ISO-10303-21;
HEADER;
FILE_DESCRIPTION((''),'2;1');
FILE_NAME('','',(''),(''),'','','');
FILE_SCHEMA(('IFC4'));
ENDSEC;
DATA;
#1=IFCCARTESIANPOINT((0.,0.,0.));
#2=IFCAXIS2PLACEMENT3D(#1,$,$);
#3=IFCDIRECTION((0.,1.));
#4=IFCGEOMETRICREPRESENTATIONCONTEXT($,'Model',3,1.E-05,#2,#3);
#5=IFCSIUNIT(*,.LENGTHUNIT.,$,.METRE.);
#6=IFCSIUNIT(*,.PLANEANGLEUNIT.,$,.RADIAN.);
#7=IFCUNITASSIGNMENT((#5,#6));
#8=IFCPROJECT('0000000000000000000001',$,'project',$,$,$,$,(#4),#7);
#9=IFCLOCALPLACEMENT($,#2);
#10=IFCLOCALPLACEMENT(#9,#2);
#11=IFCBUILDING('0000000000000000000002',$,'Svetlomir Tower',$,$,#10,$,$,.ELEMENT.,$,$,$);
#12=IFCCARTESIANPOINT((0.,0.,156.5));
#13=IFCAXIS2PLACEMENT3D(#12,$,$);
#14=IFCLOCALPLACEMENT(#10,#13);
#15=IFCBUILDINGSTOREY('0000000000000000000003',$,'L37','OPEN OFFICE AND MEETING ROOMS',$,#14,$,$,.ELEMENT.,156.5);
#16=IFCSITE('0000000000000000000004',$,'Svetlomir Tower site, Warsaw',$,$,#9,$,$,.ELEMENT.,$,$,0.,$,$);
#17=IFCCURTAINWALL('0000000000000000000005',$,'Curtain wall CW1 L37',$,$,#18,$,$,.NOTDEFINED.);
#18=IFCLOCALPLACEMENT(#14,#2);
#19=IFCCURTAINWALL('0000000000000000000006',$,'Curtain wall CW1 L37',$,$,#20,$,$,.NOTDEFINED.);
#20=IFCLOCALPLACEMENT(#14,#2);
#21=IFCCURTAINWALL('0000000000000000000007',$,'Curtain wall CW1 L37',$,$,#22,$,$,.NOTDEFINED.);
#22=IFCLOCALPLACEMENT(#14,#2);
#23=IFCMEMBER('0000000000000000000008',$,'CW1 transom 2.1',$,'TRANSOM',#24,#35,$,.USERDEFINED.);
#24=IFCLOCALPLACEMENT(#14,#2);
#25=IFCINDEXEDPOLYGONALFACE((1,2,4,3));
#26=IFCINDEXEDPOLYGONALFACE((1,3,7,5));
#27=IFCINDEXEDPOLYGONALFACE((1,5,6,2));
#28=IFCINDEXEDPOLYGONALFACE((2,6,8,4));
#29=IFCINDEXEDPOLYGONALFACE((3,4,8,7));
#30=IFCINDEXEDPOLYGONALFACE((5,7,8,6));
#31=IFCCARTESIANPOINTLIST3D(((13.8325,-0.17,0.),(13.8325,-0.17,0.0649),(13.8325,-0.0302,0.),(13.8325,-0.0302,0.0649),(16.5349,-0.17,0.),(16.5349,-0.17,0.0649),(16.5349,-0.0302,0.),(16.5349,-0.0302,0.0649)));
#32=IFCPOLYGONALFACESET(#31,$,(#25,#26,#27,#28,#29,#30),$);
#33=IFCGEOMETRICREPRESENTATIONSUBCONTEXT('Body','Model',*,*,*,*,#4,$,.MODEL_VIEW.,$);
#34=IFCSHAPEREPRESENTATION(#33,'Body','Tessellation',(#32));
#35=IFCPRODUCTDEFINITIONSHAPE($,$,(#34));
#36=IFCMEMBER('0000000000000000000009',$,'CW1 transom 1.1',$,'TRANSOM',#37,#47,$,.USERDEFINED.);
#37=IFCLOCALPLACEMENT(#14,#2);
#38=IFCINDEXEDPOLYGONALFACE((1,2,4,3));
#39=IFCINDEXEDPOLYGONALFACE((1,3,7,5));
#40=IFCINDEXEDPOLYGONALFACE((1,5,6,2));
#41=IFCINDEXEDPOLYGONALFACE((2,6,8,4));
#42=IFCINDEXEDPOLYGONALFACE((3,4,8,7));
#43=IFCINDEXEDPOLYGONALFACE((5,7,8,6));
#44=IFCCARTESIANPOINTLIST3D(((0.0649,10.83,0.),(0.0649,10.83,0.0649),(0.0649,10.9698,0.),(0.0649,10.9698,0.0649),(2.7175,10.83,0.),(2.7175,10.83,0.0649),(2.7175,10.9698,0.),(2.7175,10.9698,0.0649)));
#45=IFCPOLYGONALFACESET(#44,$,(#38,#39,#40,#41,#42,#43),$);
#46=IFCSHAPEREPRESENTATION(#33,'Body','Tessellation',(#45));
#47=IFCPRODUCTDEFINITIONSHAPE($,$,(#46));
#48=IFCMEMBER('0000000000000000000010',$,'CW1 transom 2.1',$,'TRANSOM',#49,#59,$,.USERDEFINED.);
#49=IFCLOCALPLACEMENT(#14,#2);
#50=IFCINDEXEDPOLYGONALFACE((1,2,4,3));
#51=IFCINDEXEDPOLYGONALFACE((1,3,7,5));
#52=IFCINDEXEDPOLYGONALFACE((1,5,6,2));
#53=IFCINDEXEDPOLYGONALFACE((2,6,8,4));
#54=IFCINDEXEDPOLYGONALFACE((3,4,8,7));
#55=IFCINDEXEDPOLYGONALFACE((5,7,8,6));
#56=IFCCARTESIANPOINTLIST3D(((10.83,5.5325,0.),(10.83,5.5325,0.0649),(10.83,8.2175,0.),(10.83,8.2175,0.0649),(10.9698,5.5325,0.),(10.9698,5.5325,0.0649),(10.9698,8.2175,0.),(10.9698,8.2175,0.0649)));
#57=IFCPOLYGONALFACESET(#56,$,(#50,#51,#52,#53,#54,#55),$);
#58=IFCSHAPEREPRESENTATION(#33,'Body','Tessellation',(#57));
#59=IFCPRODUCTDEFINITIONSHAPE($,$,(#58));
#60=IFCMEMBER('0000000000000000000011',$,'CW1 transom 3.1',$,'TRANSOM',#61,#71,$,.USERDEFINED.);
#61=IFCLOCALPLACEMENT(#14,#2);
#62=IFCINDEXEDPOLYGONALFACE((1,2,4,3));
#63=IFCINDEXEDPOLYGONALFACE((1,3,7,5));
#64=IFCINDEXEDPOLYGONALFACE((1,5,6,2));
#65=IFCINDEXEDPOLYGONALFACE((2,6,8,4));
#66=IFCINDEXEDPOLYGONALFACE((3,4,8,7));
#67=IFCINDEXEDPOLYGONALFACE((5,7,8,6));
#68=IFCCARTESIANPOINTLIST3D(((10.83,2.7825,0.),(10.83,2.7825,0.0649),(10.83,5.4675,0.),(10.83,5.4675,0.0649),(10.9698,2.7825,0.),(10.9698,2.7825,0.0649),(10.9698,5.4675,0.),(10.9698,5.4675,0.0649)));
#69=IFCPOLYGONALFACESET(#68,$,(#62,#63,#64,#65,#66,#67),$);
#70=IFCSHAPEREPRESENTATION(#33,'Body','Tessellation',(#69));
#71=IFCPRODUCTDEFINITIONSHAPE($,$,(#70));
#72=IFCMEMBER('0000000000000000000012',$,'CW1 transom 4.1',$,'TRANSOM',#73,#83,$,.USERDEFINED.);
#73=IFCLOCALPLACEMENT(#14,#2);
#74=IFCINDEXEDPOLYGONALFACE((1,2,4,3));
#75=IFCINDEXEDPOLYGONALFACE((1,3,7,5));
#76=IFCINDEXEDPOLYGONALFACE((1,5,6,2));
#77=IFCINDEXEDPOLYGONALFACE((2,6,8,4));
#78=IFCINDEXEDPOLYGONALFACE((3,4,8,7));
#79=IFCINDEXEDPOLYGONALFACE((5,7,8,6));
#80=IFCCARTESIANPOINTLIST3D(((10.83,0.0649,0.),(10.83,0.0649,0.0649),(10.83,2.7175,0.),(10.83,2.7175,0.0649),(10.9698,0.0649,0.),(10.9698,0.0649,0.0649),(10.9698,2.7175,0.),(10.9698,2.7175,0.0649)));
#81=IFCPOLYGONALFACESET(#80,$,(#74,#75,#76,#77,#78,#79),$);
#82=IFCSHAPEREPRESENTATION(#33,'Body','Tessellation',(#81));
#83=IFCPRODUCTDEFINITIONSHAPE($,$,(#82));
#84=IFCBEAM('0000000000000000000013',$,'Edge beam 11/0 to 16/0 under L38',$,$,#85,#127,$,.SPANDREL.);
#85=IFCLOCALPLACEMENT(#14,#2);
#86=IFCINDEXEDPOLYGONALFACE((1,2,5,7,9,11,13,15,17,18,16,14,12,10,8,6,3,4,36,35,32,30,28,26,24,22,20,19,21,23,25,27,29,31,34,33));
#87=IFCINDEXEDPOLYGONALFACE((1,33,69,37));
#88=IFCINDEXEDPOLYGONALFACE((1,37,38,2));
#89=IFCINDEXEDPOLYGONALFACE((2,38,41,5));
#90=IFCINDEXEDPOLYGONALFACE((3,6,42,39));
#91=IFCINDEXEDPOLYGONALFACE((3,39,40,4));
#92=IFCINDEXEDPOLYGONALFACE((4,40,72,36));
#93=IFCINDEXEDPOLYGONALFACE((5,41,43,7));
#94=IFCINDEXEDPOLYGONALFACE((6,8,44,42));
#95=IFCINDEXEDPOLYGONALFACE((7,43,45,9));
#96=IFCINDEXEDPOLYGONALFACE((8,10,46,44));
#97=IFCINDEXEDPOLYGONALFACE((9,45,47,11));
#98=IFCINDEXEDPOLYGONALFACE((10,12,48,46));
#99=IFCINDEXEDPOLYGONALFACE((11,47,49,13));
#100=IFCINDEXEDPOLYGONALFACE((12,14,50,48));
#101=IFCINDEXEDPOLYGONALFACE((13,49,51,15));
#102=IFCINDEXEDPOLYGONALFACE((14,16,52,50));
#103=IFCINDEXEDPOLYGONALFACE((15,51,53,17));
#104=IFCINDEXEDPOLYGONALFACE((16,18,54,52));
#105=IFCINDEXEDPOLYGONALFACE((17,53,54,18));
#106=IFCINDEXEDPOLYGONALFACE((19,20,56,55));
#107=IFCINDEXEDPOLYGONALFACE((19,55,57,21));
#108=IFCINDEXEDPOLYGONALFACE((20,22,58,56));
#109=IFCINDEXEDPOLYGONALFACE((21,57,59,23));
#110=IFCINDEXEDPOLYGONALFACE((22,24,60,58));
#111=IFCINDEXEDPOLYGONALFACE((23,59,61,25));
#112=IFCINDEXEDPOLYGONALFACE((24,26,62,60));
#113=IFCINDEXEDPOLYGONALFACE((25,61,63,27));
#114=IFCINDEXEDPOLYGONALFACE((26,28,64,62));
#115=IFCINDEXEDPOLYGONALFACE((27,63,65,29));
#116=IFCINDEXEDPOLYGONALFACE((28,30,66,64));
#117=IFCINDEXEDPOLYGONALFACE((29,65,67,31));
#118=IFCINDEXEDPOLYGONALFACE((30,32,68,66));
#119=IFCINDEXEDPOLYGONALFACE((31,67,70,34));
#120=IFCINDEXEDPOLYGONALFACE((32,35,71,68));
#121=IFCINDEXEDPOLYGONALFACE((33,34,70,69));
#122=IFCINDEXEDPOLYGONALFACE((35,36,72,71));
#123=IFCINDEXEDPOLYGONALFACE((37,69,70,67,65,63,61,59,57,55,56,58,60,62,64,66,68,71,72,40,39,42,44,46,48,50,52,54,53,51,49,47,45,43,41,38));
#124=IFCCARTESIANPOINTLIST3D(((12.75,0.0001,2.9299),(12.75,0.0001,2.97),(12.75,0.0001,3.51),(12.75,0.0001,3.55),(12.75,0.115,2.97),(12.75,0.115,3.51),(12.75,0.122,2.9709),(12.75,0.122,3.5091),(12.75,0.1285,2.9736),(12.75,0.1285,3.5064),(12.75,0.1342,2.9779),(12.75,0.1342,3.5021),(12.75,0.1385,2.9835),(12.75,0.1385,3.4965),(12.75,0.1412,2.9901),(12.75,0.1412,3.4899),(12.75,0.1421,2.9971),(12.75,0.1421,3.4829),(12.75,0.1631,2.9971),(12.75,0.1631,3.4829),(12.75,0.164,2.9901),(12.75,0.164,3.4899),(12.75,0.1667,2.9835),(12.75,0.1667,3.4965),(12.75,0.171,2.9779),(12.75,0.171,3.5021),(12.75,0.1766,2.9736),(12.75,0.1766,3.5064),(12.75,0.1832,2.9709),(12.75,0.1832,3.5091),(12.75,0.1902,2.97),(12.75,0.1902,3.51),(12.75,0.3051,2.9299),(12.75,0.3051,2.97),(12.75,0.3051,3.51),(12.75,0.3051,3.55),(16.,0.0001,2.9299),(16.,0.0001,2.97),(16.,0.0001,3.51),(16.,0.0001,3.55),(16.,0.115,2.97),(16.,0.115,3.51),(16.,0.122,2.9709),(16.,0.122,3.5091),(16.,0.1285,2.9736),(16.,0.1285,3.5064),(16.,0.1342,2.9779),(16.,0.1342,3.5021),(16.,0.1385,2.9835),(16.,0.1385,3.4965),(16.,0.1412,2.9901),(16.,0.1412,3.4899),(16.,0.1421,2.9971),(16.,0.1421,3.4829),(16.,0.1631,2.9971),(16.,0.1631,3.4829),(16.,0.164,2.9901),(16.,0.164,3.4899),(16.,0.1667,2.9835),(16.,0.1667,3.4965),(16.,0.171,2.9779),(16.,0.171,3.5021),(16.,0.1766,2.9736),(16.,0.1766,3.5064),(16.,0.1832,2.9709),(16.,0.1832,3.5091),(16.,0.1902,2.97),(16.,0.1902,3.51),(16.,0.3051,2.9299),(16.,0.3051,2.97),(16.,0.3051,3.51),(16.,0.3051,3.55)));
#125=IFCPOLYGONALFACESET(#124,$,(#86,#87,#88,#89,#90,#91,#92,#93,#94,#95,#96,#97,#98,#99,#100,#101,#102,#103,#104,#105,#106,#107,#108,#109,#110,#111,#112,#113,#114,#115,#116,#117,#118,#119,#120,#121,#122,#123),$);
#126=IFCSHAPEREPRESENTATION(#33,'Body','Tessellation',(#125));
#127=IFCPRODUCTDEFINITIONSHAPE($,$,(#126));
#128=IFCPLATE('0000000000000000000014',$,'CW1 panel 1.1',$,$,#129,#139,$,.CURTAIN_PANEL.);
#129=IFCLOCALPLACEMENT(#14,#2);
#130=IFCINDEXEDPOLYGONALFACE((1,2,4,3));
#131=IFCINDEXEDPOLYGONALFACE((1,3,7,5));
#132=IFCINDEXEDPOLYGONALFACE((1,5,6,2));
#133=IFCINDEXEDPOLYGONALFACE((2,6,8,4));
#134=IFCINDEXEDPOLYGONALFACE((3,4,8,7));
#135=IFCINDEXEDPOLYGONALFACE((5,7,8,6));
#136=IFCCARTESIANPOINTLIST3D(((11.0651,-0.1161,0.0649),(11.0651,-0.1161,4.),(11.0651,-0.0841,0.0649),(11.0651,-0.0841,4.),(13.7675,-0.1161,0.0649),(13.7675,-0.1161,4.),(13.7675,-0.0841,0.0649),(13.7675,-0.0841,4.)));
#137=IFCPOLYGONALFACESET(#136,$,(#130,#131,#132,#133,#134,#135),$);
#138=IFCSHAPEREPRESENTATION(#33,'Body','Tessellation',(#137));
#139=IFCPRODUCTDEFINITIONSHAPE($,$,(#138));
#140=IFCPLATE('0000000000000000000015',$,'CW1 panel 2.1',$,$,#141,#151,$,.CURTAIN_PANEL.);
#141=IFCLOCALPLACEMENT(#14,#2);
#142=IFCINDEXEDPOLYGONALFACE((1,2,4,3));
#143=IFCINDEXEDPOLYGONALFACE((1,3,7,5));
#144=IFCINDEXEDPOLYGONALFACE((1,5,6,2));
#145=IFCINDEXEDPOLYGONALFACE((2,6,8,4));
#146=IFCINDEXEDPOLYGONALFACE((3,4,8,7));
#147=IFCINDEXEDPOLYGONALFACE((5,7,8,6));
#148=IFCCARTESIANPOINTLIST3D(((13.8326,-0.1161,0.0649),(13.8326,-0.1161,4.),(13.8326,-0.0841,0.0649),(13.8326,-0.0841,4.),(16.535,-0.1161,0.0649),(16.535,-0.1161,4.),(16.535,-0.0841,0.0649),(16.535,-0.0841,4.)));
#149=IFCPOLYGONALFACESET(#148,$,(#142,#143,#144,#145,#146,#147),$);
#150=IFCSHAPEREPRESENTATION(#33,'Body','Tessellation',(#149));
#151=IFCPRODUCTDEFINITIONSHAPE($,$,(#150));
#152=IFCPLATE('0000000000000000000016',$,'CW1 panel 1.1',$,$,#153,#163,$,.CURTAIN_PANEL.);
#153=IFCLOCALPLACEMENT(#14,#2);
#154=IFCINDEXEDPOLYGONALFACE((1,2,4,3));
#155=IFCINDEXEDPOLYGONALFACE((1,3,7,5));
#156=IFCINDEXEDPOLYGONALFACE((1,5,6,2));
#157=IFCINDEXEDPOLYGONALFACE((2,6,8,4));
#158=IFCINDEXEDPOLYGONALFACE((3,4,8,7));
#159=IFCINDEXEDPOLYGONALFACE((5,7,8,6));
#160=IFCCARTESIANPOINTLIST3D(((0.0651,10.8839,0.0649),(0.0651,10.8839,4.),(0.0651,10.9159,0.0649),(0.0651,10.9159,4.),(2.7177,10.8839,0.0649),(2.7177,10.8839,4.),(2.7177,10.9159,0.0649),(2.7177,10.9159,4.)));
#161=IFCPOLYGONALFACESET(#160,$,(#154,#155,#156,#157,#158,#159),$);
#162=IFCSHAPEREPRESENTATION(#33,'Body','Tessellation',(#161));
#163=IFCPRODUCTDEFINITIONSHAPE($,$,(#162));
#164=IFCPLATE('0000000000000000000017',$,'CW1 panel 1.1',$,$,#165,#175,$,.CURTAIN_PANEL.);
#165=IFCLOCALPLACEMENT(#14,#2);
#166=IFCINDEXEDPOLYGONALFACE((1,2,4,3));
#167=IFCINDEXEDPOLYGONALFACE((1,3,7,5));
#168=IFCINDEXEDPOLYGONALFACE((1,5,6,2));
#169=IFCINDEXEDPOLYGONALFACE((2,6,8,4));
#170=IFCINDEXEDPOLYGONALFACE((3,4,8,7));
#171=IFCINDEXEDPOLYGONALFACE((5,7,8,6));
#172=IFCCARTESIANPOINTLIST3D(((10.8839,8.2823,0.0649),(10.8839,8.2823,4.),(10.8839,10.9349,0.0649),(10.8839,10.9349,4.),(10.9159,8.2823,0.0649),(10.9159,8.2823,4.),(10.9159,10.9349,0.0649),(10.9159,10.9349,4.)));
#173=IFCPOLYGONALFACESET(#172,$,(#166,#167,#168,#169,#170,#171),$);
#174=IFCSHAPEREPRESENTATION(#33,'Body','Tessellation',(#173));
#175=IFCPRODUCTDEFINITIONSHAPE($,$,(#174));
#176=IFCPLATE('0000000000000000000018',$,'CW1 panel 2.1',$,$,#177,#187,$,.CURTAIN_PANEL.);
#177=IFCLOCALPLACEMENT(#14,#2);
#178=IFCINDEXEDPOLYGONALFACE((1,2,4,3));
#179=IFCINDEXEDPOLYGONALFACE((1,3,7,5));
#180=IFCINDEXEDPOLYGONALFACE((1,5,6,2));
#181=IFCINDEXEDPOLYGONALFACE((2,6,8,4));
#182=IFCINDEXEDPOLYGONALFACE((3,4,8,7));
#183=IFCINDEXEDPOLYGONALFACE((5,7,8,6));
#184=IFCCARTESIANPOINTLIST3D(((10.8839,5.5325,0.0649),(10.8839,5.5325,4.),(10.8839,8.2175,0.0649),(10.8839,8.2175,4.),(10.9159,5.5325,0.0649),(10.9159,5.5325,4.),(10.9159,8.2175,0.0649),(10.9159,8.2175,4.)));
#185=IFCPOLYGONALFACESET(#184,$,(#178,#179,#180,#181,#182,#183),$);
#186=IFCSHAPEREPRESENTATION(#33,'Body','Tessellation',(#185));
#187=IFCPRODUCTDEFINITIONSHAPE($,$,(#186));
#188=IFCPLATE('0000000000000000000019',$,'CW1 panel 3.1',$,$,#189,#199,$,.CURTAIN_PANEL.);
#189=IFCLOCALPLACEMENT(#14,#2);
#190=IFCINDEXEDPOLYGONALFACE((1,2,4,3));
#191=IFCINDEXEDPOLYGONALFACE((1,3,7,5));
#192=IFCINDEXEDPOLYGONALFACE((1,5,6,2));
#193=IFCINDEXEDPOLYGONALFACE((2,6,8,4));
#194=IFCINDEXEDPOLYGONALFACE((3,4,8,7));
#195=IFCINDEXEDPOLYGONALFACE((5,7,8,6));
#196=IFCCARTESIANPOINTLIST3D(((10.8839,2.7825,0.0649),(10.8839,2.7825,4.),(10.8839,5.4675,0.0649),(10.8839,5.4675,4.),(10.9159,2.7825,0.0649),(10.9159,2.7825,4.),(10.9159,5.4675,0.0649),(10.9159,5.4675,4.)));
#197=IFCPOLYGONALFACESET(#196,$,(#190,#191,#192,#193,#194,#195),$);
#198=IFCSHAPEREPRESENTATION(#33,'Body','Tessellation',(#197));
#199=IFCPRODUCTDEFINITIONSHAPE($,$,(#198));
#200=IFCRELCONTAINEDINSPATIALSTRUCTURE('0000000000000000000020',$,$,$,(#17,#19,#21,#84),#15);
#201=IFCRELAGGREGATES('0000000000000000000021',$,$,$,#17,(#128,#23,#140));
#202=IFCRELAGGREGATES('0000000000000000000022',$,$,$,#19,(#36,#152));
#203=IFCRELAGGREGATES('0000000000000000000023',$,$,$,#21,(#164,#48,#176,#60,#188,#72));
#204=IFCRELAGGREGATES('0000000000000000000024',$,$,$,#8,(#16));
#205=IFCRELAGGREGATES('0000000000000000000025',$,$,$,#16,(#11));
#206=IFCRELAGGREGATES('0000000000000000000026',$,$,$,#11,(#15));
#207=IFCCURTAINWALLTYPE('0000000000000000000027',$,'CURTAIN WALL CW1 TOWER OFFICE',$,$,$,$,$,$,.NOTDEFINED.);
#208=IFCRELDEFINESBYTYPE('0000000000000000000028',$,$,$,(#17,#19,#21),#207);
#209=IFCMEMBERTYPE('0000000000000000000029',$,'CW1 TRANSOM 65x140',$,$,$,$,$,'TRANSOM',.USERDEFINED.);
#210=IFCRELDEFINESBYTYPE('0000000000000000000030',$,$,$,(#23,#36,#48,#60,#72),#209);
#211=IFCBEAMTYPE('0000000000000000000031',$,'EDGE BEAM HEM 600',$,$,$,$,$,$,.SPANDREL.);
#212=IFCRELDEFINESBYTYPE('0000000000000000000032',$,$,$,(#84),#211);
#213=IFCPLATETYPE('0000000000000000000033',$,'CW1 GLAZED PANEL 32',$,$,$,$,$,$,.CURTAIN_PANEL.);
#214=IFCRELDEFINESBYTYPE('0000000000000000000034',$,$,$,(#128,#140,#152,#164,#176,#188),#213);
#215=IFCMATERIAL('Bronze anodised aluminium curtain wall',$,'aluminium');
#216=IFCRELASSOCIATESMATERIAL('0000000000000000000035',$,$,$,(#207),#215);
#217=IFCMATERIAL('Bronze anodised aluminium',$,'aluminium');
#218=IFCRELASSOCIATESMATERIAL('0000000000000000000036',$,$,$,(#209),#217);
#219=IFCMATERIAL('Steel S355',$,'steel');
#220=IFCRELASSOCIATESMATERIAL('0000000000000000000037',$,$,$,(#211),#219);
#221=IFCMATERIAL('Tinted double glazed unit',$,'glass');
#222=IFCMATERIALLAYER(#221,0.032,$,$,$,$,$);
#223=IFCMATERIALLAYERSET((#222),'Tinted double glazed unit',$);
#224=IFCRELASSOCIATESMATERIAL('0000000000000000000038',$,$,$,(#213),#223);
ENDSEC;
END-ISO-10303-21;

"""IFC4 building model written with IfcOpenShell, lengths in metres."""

from ifc_helpers import new_model, si_unit, direction, frame, origin, origin_2d, place, context, subcontext, project, spatial, rectangle, i_section, extrude, material, layer, layer_set, material_profile, profile_set, type_object, element, aggregate, save


model = new_model("IFC4")

# Units and contexts
model_context = context("Model", 3, precision=1e-05, world=origin(), true_north=direction((0.0, 1.0)))
body_context = subcontext(model_context, "Body", "Model", "MODEL_VIEW")
ifc_project = project(units=[si_unit("LENGTHUNIT", "METRE"), si_unit("PLANEANGLEUNIT", "RADIAN")], contexts=[model_context])

# Site, building, storey
site_placement = place(None, origin())
site = spatial("IfcSite", under=ifc_project, at=site_placement, Name="Svetlomir Tower site, Warsaw", CompositionType="ELEMENT", RefElevation=0.0)
building_placement = place(site_placement, origin())
building = spatial("IfcBuilding", under=site, at=building_placement, Name="Svetlomir Tower", CompositionType="ELEMENT")
storey_placement = place(building_placement, frame((0.0, 0.0, 156.5)))
storey = spatial("IfcBuildingStorey", under=building, at=storey_placement, Name="L37", Description="OPEN OFFICE AND MEETING ROOMS", CompositionType="ELEMENT", Elevation=156.5)

# Curtain wall
ifc_material_1 = material(Name="Bronze anodised aluminium curtain wall", Category="aluminium")
curtain_wall_type = type_object("IfcCurtainWallType", Name="CURTAIN WALL CW1 TOWER OFFICE", PredefinedType="NOTDEFINED", material=ifc_material_1)
curtain_wall_1_placement = place(storey_placement, origin())
curtain_wall_1 = element("IfcCurtainWall", 1, at=curtain_wall_1_placement, inside=storey, type_object=curtain_wall_type, Name="Curtain wall CW1 L37", PredefinedType="NOTDEFINED")

# Curtain walls
curtain_wall_2_placement = place(storey_placement, origin())
curtain_wall_2 = element("IfcCurtainWall", 2, at=curtain_wall_2_placement, inside=storey, type_object=curtain_wall_type, Name="Curtain wall CW1 L37", PredefinedType="NOTDEFINED")
curtain_wall_3_placement = place(storey_placement, origin())
curtain_wall_3 = element("IfcCurtainWall", 3, at=curtain_wall_3_placement, inside=storey, type_object=curtain_wall_type, Name="Curtain wall CW1 L37", PredefinedType="NOTDEFINED")

# Members
ifc_material_2 = material(Name="Bronze anodised aluminium", Category="aluminium")
ifc_material_profile_1 = material_profile(ifc_material_2, rectangle(XDim=0.1399, YDim=0.0649, at=origin_2d()), Name="AL 140x65")
ifc_profile_set_1 = profile_set([ifc_material_profile_1], Name="Bronze anodised aluminium 6063-T6")
member_type_1 = type_object("IfcMemberType", Name="CW1 TRANSOM 65x140", ElementType="TRANSOM", PredefinedType="USERDEFINED", material=ifc_profile_set_1)
member_1_placement = place(storey_placement, frame((13.8325, -0.1001, 0.0325), z_axis=(1.0, 0.0, 0.0), x_axis=(0.0, 1.0, 0.0)))
member_1 = element("IfcMember", 4, at=member_1_placement, type_object=member_type_1, Name="CW1 transom 2.1", ObjectType="TRANSOM", PredefinedType="USERDEFINED", context=body_context, shape_type="SweptSolid", body=[
    extrude(rectangle(XDim=0.1399, YDim=0.0649, at=origin_2d()), origin(), (0.0, 0.0, 1.0), 2.7024),
])
member_2_placement = place(storey_placement, frame((0.0649, 10.8999, 0.0325), z_axis=(1.0, 0.0, 0.0), x_axis=(0.0, 1.0, 0.0)))
member_2 = element("IfcMember", 5, at=member_2_placement, type_object=member_type_1, Name="CW1 transom 1.1", ObjectType="TRANSOM", PredefinedType="USERDEFINED", context=body_context, shape_type="SweptSolid", body=[
    extrude(rectangle(XDim=0.1399, YDim=0.0649, at=origin_2d()), origin(), (0.0, 0.0, 1.0), 2.6526),
])
member_3_placement = place(storey_placement, frame((10.8999, 8.2175, 0.0325), z_axis=(0.0, -1.0, 0.0), x_axis=(1.0, 0.0, 0.0)))
member_3 = element("IfcMember", 6, at=member_3_placement, type_object=member_type_1, Name="CW1 transom 2.1", ObjectType="TRANSOM", PredefinedType="USERDEFINED", context=body_context, shape_type="SweptSolid", body=[
    extrude(rectangle(XDim=0.1399, YDim=0.0649, at=origin_2d()), origin(), (0.0, 0.0, 1.0), 2.6851),
])
member_4_placement = place(storey_placement, frame((10.8999, 5.4675, 0.0325), z_axis=(0.0, -1.0, 0.0), x_axis=(1.0, 0.0, 0.0)))
member_4 = element("IfcMember", 7, at=member_4_placement, type_object=member_type_1, Name="CW1 transom 3.1", ObjectType="TRANSOM", PredefinedType="USERDEFINED", context=body_context, shape_type="SweptSolid", body=[
    extrude(rectangle(XDim=0.1399, YDim=0.0649, at=origin_2d()), origin(), (0.0, 0.0, 1.0), 2.6851),
])
member_5_placement = place(storey_placement, frame((10.8999, 2.7175, 0.0325), z_axis=(0.0, -1.0, 0.0), x_axis=(1.0, 0.0, 0.0)))
member_5 = element("IfcMember", 8, at=member_5_placement, type_object=member_type_1, Name="CW1 transom 4.1", ObjectType="TRANSOM", PredefinedType="USERDEFINED", context=body_context, shape_type="SweptSolid", body=[
    extrude(rectangle(XDim=0.1399, YDim=0.0649, at=origin_2d()), origin(), (0.0, 0.0, 1.0), 2.6526),
])

# Beam
ifc_material_3 = material(Name="Steel S355", Category="steel")
ifc_material_profile_2 = material_profile(ifc_material_3, i_section(OverallWidth=0.3049, OverallDepth=0.6201, WebThickness=0.021, FlangeThickness=0.04, FilletRadius=0.0271, at=origin_2d()), Name="HEM 600")
ifc_profile_set_2 = profile_set([ifc_material_profile_2], Name="Steel S355")
beam_type = type_object("IfcBeamType", Name="EDGE BEAM HEM 600", PredefinedType="SPANDREL", material=ifc_profile_set_2)
beam_placement = place(storey_placement, frame((12.75, 0.1526, 3.24), z_axis=(1.0, 0.0, 0.0), x_axis=(0.0, 1.0, 0.0)))
element("IfcBeam", 9, at=beam_placement, inside=storey, type_object=beam_type, Name="Edge beam 11/0 to 16/0 under L38", PredefinedType="SPANDREL", context=body_context, shape_type="SweptSolid", body=[
    extrude(i_section(OverallWidth=0.3049, OverallDepth=0.6201, WebThickness=0.021, FlangeThickness=0.04, FilletRadius=0.0271, at=origin_2d()), origin(), (0.0, 0.0, 1.0), 3.25),
])

# Plates
ifc_material_4 = material(Name="Tinted double glazed unit", Category="glass")
ifc_layer = layer(ifc_material_4, 0.032)
ifc_layer_set = layer_set([ifc_layer], Name="Tinted double glazed unit")
plate_type = type_object("IfcPlateType", Name="CW1 GLAZED PANEL 32", PredefinedType="CURTAIN_PANEL", material=ifc_layer_set)
plate_1_placement = place(storey_placement, frame((12.4163, -0.1001, 0.0649), z_axis=(0.0, 0.0, 1.0), x_axis=(1.0, 0.0, 0.0)))
plate_1 = element("IfcPlate", 10, at=plate_1_placement, type_object=plate_type, Name="CW1 panel 1.1", PredefinedType="CURTAIN_PANEL", context=body_context, shape_type="SweptSolid", body=[
    extrude(rectangle(XDim=2.7024, YDim=0.032, at=origin_2d()), origin(), (0.0, 0.0, 1.0), 3.9351),
])
plate_2_placement = place(storey_placement, frame((15.1838, -0.1001, 0.0649), z_axis=(0.0, 0.0, 1.0), x_axis=(1.0, 0.0, 0.0)))
plate_2 = element("IfcPlate", 11, at=plate_2_placement, type_object=plate_type, Name="CW1 panel 2.1", PredefinedType="CURTAIN_PANEL", context=body_context, shape_type="SweptSolid", body=[
    extrude(rectangle(XDim=2.7024, YDim=0.032, at=origin_2d()), origin(), (0.0, 0.0, 1.0), 3.9351),
])
aggregate(curtain_wall_1, [plate_1, member_1, plate_2])
plate_3_placement = place(storey_placement, frame((1.3914, 10.8999, 0.0649), z_axis=(0.0, 0.0, 1.0), x_axis=(1.0, 0.0, 0.0)))
plate_3 = element("IfcPlate", 12, at=plate_3_placement, type_object=plate_type, Name="CW1 panel 1.1", PredefinedType="CURTAIN_PANEL", context=body_context, shape_type="SweptSolid", body=[
    extrude(rectangle(XDim=2.6526, YDim=0.032, at=origin_2d()), origin(), (0.0, 0.0, 1.0), 3.9351),
])
aggregate(curtain_wall_2, [member_2, plate_3])
plate_4_placement = place(storey_placement, frame((10.8999, 9.6086, 0.0649), z_axis=(0.0, 0.0, 1.0), x_axis=(0.0, -1.0, 0.0)))
plate_4 = element("IfcPlate", 13, at=plate_4_placement, type_object=plate_type, Name="CW1 panel 1.1", PredefinedType="CURTAIN_PANEL", context=body_context, shape_type="SweptSolid", body=[
    extrude(rectangle(XDim=2.6526, YDim=0.032, at=origin_2d()), origin(), (0.0, 0.0, 1.0), 3.9351),
])
plate_5_placement = place(storey_placement, frame((10.8999, 6.875, 0.0649), z_axis=(0.0, 0.0, 1.0), x_axis=(0.0, -1.0, 0.0)))
plate_5 = element("IfcPlate", 14, at=plate_5_placement, type_object=plate_type, Name="CW1 panel 2.1", PredefinedType="CURTAIN_PANEL", context=body_context, shape_type="SweptSolid", body=[
    extrude(rectangle(XDim=2.6851, YDim=0.032, at=origin_2d()), origin(), (0.0, 0.0, 1.0), 3.9351),
])
plate_6_placement = place(storey_placement, frame((10.8999, 4.125, 0.0649), z_axis=(0.0, 0.0, 1.0), x_axis=(0.0, -1.0, 0.0)))
plate_6 = element("IfcPlate", 15, at=plate_6_placement, type_object=plate_type, Name="CW1 panel 3.1", PredefinedType="CURTAIN_PANEL", context=body_context, shape_type="SweptSolid", body=[
    extrude(rectangle(XDim=2.6851, YDim=0.032, at=origin_2d()), origin(), (0.0, 0.0, 1.0), 3.9351),
])
aggregate(curtain_wall_3, [plate_4, member_3, plate_5, member_4, plate_6, member_5])

save(model, "model.ifc")
